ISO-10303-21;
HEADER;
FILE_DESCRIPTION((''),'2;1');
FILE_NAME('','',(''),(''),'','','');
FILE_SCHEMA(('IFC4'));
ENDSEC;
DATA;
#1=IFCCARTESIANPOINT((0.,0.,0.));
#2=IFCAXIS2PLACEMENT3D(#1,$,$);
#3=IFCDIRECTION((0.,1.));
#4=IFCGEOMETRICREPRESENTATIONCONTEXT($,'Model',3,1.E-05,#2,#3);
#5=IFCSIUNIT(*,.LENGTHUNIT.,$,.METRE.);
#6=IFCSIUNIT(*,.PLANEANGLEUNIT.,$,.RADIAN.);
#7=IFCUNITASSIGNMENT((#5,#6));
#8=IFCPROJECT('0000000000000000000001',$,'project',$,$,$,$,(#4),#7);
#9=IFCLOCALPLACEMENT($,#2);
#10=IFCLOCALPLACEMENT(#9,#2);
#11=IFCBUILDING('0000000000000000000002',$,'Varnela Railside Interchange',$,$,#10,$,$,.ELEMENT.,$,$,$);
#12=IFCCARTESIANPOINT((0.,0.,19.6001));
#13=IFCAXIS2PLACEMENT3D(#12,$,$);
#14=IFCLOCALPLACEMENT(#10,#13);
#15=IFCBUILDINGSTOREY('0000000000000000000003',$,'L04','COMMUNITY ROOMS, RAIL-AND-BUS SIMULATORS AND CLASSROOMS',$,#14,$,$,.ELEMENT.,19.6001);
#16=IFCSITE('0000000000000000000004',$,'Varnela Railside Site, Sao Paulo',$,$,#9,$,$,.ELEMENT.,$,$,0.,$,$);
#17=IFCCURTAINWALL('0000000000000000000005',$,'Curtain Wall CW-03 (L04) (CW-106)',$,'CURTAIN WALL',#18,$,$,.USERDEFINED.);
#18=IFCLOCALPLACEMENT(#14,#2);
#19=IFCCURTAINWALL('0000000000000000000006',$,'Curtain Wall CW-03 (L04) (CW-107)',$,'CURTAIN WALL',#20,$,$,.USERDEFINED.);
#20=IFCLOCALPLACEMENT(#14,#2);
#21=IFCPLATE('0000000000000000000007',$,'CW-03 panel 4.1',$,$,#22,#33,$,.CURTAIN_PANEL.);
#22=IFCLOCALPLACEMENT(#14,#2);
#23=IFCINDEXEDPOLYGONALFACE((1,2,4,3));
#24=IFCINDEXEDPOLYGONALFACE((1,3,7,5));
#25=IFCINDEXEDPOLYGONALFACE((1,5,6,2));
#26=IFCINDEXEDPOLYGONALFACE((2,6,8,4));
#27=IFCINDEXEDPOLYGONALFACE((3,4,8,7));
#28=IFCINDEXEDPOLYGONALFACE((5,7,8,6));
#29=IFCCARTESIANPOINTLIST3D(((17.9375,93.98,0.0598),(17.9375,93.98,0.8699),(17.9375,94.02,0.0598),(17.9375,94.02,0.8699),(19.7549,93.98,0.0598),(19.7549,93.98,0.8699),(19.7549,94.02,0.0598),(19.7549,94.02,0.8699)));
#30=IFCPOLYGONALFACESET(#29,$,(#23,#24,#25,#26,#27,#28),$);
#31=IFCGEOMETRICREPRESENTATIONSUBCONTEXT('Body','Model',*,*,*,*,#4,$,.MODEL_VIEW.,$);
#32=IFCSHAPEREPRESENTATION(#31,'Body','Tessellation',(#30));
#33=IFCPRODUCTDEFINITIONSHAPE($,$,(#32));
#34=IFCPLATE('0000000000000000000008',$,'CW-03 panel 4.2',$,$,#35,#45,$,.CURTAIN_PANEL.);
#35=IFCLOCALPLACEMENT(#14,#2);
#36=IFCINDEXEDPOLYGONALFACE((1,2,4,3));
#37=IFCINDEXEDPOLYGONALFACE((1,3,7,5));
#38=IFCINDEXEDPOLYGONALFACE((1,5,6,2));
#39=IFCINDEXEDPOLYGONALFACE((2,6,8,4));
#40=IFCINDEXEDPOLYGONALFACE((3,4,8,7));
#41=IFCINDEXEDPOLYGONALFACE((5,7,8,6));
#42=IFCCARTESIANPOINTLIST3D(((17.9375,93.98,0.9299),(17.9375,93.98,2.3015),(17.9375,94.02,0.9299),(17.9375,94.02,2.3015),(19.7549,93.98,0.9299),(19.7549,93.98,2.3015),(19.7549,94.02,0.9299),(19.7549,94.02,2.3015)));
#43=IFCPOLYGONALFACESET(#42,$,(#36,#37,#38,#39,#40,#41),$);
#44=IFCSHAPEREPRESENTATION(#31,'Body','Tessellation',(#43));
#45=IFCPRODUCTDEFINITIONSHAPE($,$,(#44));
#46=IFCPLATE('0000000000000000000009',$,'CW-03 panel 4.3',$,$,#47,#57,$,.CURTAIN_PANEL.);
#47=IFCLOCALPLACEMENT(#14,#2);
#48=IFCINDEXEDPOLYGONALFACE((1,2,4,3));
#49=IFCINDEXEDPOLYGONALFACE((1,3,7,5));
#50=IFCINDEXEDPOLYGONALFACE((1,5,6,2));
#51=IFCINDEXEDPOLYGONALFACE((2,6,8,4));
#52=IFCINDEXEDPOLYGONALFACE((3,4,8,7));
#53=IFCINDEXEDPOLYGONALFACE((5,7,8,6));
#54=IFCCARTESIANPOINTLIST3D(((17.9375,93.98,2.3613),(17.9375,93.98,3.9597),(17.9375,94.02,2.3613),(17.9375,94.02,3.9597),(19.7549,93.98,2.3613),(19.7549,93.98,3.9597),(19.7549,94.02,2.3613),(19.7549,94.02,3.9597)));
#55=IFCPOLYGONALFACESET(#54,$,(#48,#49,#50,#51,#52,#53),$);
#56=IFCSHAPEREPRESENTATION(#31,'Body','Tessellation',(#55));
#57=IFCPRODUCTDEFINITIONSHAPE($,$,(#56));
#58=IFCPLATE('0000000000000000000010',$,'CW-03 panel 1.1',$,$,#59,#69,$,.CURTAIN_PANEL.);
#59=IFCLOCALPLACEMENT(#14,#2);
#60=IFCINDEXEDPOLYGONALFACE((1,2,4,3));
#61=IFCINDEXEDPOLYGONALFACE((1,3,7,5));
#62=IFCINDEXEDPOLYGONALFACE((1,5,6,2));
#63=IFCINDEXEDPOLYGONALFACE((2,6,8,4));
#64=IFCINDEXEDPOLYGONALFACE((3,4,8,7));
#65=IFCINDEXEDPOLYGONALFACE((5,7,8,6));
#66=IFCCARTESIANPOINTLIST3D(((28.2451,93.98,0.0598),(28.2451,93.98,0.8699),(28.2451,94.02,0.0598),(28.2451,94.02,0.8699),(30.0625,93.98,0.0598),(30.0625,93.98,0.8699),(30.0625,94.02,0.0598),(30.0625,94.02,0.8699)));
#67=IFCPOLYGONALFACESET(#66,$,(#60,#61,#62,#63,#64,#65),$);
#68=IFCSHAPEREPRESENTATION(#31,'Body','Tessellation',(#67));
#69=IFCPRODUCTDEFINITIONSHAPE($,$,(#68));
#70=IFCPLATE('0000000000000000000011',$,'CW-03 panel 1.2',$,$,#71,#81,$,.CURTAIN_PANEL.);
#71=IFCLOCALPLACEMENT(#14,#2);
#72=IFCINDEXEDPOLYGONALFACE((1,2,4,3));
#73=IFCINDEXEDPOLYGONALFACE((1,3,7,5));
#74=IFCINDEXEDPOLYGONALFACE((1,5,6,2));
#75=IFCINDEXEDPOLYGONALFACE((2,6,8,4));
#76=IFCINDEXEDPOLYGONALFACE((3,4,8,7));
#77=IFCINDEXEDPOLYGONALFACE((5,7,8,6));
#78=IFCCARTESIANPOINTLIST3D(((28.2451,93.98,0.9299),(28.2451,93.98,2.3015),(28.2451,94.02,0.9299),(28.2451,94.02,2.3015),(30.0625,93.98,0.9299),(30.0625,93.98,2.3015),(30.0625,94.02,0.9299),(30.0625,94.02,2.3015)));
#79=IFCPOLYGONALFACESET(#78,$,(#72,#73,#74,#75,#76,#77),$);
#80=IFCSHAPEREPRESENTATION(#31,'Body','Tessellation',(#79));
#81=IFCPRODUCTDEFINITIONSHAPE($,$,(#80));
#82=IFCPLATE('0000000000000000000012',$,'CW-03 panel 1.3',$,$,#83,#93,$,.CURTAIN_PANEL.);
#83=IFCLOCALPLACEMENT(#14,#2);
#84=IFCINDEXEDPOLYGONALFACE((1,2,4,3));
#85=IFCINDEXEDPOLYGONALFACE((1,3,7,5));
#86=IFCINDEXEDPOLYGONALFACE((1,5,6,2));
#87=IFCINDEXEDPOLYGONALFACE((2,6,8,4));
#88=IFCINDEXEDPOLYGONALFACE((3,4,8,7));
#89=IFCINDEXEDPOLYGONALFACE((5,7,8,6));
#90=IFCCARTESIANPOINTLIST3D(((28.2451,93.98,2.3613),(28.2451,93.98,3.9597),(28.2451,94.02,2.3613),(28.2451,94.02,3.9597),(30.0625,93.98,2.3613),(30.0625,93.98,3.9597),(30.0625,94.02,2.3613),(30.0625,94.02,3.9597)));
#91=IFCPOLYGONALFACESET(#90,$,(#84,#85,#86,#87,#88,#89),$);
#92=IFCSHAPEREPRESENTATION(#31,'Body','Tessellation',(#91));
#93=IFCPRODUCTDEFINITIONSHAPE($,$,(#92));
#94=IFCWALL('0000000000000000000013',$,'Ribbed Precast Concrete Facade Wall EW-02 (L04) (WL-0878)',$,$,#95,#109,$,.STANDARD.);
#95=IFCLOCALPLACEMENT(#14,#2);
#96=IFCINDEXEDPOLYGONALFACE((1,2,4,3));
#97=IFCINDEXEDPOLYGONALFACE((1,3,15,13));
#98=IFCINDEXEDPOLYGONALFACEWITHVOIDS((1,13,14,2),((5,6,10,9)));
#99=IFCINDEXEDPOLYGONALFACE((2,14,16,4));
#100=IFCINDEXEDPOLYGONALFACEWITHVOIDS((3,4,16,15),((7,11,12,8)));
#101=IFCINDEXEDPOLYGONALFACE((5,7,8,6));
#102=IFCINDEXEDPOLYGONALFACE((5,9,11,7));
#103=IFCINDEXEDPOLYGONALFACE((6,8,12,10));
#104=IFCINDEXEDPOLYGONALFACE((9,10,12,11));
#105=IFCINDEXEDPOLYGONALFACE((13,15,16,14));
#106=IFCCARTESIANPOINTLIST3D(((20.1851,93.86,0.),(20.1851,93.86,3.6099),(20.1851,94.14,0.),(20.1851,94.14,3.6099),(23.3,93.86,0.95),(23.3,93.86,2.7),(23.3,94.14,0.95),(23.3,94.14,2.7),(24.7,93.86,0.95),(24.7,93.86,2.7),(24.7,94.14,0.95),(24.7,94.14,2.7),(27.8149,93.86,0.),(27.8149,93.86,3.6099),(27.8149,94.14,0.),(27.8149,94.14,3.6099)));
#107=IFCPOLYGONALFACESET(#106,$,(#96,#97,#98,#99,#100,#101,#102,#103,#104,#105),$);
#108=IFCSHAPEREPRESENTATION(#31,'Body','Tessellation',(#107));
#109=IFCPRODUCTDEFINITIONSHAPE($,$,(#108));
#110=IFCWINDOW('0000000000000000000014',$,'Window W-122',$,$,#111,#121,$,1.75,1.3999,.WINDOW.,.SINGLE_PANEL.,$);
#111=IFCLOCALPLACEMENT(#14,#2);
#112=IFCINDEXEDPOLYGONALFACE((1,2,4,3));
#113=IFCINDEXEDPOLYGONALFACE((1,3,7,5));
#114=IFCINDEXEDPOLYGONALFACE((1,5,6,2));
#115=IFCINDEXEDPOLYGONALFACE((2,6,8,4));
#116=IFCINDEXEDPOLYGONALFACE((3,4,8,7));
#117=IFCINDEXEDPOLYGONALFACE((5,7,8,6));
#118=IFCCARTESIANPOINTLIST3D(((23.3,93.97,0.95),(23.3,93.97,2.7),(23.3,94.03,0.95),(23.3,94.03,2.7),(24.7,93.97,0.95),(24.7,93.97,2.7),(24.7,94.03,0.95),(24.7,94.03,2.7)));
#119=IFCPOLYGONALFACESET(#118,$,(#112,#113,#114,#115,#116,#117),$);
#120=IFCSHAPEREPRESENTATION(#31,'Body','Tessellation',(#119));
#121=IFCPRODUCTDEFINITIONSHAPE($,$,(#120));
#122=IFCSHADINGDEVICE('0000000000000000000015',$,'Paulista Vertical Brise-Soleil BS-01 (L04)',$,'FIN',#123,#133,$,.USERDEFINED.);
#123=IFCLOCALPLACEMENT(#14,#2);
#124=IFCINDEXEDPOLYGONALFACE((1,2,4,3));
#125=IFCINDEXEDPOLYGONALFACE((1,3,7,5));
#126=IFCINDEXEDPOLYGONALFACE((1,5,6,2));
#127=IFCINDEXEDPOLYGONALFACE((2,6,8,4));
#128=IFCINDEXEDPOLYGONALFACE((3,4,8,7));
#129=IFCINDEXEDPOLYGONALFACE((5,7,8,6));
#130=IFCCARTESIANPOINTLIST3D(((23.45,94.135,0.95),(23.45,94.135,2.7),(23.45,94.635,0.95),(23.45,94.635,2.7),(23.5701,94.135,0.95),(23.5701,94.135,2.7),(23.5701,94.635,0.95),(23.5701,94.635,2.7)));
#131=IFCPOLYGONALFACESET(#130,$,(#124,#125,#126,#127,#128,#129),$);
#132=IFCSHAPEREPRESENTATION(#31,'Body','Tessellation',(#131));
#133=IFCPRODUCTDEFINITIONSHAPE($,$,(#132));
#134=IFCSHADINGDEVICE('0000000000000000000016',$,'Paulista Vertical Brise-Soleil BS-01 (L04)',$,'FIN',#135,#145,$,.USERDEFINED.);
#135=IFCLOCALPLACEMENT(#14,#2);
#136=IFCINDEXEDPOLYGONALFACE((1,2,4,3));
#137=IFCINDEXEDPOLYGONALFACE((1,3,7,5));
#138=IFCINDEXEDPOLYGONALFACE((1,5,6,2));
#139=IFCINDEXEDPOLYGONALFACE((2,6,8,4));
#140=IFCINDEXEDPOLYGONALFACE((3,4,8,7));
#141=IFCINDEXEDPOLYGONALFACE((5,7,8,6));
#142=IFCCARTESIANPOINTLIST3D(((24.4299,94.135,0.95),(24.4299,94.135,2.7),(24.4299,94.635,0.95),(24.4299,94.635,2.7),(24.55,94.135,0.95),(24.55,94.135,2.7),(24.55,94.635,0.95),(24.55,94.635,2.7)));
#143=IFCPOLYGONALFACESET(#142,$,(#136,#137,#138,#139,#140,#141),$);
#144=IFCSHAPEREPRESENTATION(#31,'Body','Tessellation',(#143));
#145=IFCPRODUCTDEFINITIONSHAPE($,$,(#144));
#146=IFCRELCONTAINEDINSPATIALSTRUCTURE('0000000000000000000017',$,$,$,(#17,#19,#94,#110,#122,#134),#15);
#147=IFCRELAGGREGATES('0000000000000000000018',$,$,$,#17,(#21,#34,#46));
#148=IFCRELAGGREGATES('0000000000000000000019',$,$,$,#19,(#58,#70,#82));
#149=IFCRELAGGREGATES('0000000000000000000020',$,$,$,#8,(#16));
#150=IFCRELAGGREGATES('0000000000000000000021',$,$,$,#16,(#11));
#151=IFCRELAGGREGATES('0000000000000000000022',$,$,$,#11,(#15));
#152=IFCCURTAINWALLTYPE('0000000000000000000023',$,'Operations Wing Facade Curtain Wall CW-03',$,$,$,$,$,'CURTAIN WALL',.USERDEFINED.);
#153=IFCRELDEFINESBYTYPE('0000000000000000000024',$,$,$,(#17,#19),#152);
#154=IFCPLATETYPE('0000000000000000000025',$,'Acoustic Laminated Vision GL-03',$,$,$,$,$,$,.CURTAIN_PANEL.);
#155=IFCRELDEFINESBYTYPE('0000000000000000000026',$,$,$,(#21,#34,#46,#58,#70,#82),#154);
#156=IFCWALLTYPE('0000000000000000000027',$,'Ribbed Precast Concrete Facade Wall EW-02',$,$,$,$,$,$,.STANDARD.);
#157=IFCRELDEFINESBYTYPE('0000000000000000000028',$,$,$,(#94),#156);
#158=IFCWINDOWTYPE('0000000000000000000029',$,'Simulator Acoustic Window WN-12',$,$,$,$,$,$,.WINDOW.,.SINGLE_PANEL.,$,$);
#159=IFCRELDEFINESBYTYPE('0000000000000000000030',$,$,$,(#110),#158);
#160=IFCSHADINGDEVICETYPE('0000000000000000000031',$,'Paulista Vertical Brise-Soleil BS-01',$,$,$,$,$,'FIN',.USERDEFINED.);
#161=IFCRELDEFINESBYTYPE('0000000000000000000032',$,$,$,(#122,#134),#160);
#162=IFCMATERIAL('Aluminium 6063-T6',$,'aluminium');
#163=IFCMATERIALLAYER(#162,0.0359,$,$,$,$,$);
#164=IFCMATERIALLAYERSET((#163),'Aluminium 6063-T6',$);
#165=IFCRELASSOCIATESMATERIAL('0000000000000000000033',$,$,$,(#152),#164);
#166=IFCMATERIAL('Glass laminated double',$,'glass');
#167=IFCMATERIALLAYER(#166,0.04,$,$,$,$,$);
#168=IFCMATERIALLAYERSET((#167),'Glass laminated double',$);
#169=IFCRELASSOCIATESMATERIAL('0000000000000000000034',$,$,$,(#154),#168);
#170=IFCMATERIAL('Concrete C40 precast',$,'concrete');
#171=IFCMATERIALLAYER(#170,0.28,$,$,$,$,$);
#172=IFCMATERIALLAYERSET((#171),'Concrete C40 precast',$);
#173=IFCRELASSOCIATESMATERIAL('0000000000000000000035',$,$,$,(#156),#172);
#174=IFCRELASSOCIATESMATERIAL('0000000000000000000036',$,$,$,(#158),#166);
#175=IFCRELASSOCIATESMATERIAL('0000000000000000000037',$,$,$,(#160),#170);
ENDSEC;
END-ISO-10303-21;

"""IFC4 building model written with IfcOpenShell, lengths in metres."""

from ifc_helpers import new_model, si_unit, direction, frame, frame_2d, origin, origin_2d, place, context, subcontext, project, spatial, rectangle, extrude, material, layer, layer_set, type_object, element, fill, aggregate, save


model = new_model("IFC4")

# Units and contexts
model_context = context("Model", 3, precision=1e-05, world=origin(), true_north=direction((0.0, 1.0)))
body_context = subcontext(model_context, "Body", "Model", "MODEL_VIEW")
ifc_project = project(units=[si_unit("LENGTHUNIT", "METRE"), si_unit("PLANEANGLEUNIT", "RADIAN")], contexts=[model_context])

# Site, building, storey
site_placement = place(None, origin())
site = spatial("IfcSite", under=ifc_project, at=site_placement, Name="Varnela Railside Site, Sao Paulo", CompositionType="ELEMENT", RefElevation=0.0)
building_placement = place(site_placement, origin())
building = spatial("IfcBuilding", under=site, at=building_placement, Name="Varnela Railside Interchange", CompositionType="ELEMENT")
storey_placement = place(building_placement, frame((0.0, 0.0, 19.6001)))
storey = spatial("IfcBuildingStorey", under=building, at=storey_placement, Name="L04", Description="COMMUNITY ROOMS, RAIL-AND-BUS SIMULATORS AND CLASSROOMS", CompositionType="ELEMENT", Elevation=19.6001)

# Curtain walls
ifc_material_1 = material(Name="Aluminium 6063-T6", Category="aluminium")
ifc_layer_1 = layer(ifc_material_1, 0.0359)
ifc_layer_set_1 = layer_set([ifc_layer_1], Name="Aluminium 6063-T6")
curtain_wall_type = type_object("IfcCurtainWallType", Name="Operations Wing Facade Curtain Wall CW-03", ElementType="CURTAIN WALL", PredefinedType="USERDEFINED", material=ifc_layer_set_1)
curtain_wall_1_placement = place(storey_placement, origin())
curtain_wall_1 = element("IfcCurtainWall", 1, at=curtain_wall_1_placement, inside=storey, type_object=curtain_wall_type, Name="Curtain Wall CW-03 (L04) (CW-106)", ObjectType="CURTAIN WALL", PredefinedType="USERDEFINED")
curtain_wall_2_placement = place(storey_placement, origin())
curtain_wall_2 = element("IfcCurtainWall", 2, at=curtain_wall_2_placement, inside=storey, type_object=curtain_wall_type, Name="Curtain Wall CW-03 (L04) (CW-107)", ObjectType="CURTAIN WALL", PredefinedType="USERDEFINED")

# Plates
ifc_material_2 = material(Name="Glass laminated double", Category="glass")
ifc_layer_2 = layer(ifc_material_2, 0.04)
ifc_layer_set_2 = layer_set([ifc_layer_2], Name="Glass laminated double")
plate_type = type_object("IfcPlateType", Name="Acoustic Laminated Vision GL-03", PredefinedType="CURTAIN_PANEL", material=ifc_layer_set_2)
plate_1_placement = place(storey_placement, frame((18.8462, 94.0, 0.0598), z_axis=(0.0, 0.0, 1.0), x_axis=(1.0, 0.0, 0.0)))
plate_1 = element("IfcPlate", 3, at=plate_1_placement, type_object=plate_type, Name="CW-03 panel 4.1", PredefinedType="CURTAIN_PANEL", context=body_context, shape_type="SweptSolid", body=[
    extrude(rectangle(XDim=1.8174, YDim=0.04, at=origin_2d()), origin(), (0.0, 0.0, 1.0), 0.8101),
])
plate_2_placement = place(storey_placement, frame((18.8462, 94.0, 0.9299), z_axis=(0.0, 0.0, 1.0), x_axis=(1.0, 0.0, 0.0)))
plate_2 = element("IfcPlate", 4, at=plate_2_placement, type_object=plate_type, Name="CW-03 panel 4.2", PredefinedType="CURTAIN_PANEL", context=body_context, shape_type="SweptSolid", body=[
    extrude(rectangle(XDim=1.8174, YDim=0.04, at=origin_2d()), origin(), (0.0, 0.0, 1.0), 1.3716),
])
plate_3_placement = place(storey_placement, frame((18.8462, 94.0, 2.3613), z_axis=(0.0, 0.0, 1.0), x_axis=(1.0, 0.0, 0.0)))
plate_3 = element("IfcPlate", 5, at=plate_3_placement, type_object=plate_type, Name="CW-03 panel 4.3", PredefinedType="CURTAIN_PANEL", context=body_context, shape_type="SweptSolid", body=[
    extrude(rectangle(XDim=1.8174, YDim=0.04, at=origin_2d()), origin(), (0.0, 0.0, 1.0), 1.5984),
])
aggregate(curtain_wall_1, [plate_1, plate_2, plate_3])
plate_4_placement = place(storey_placement, frame((29.1538, 94.0, 0.0598), z_axis=(0.0, 0.0, 1.0), x_axis=(1.0, 0.0, 0.0)))
plate_4 = element("IfcPlate", 6, at=plate_4_placement, type_object=plate_type, Name="CW-03 panel 1.1", PredefinedType="CURTAIN_PANEL", context=body_context, shape_type="SweptSolid", body=[
    extrude(rectangle(XDim=1.8174, YDim=0.04, at=origin_2d()), origin(), (0.0, 0.0, 1.0), 0.8101),
])
plate_5_placement = place(storey_placement, frame((29.1538, 94.0, 0.9299), z_axis=(0.0, 0.0, 1.0), x_axis=(1.0, 0.0, 0.0)))
plate_5 = element("IfcPlate", 7, at=plate_5_placement, type_object=plate_type, Name="CW-03 panel 1.2", PredefinedType="CURTAIN_PANEL", context=body_context, shape_type="SweptSolid", body=[
    extrude(rectangle(XDim=1.8174, YDim=0.04, at=origin_2d()), origin(), (0.0, 0.0, 1.0), 1.3716),
])
plate_6_placement = place(storey_placement, frame((29.1538, 94.0, 2.3613), z_axis=(0.0, 0.0, 1.0), x_axis=(1.0, 0.0, 0.0)))
plate_6 = element("IfcPlate", 8, at=plate_6_placement, type_object=plate_type, Name="CW-03 panel 1.3", PredefinedType="CURTAIN_PANEL", context=body_context, shape_type="SweptSolid", body=[
    extrude(rectangle(XDim=1.8174, YDim=0.04, at=origin_2d()), origin(), (0.0, 0.0, 1.0), 1.5984),
])
aggregate(curtain_wall_2, [plate_4, plate_5, plate_6])

# Wall, opening, window
ifc_material_3 = material(Name="Concrete C40 precast", Category="concrete")
ifc_layer_3 = layer(ifc_material_3, 0.28)
ifc_layer_set_3 = layer_set([ifc_layer_3], Name="Concrete C40 precast")
wall_type = type_object("IfcWallType", Name="Ribbed Precast Concrete Facade Wall EW-02", PredefinedType="STANDARD", material=ifc_layer_set_3)
wall_placement = place(storey_placement, frame((20.1851, 94.0, 0.0), z_axis=(0.0, 0.0, 1.0), x_axis=(1.0, 0.0, 0.0)))
wall = element("IfcWall", 9, at=wall_placement, inside=storey, type_object=wall_type, Name="Ribbed Precast Concrete Facade Wall EW-02 (L04) (WL-0878)", PredefinedType="STANDARD", context=body_context, shape_type="SweptSolid", body=[
    extrude(rectangle(XDim=7.6299, YDim=0.28, at=frame_2d((3.8149, 0.0))), origin(), (0.0, 0.0, 1.0), 3.6099),
])
opening_placement = place(wall_placement, frame((3.115, 0.0, 0.95)))
opening = element("IfcOpeningElement", 10, at=opening_placement, cuts=wall, PredefinedType="OPENING", context=body_context, shape_type="SweptSolid", body=[
    extrude(rectangle(XDim=1.3999, YDim=1.75, at=frame_2d((0.7, 0.875))), frame((0.0, 0.1499, 0.0), z_axis=(0.0, -1.0, 0.0), x_axis=(1.0, 0.0, 0.0)), (0.0, 0.0, 1.0), 0.3),
])
window_type = type_object("IfcWindowType", Name="Simulator Acoustic Window WN-12", PartitioningType="SINGLE_PANEL", PredefinedType="WINDOW", material=ifc_material_2)
window_placement = place(opening_placement, origin())
window = element("IfcWindow", 11, at=window_placement, inside=storey, type_object=window_type, Name="Window W-122", OverallHeight=1.75, OverallWidth=1.3999, PartitioningType="SINGLE_PANEL", PredefinedType="WINDOW", context=body_context, shape_type="SweptSolid", body=[
    extrude(rectangle(XDim=1.3999, YDim=1.75, at=frame_2d((0.7, 0.875))), frame((0.0, 0.03, 0.0), z_axis=(0.0, -1.0, 0.0), x_axis=(1.0, 0.0, 0.0)), (0.0, 0.0, 1.0), 0.0601),
])
fill(opening, window)

# Shading devices
shading_device_type = type_object("IfcShadingDeviceType", Name="Paulista Vertical Brise-Soleil BS-01", ElementType="FIN", PredefinedType="USERDEFINED", material=ifc_material_3)
for number, where, z_axis, x_axis, name in (
    (12, (23.51, 94.385, 0.95), (0.0, 0.0, 1.0), (0.0, 1.0, 0.0), "Paulista Vertical Brise-Soleil BS-01 (L04)"),
    (13, (24.49, 94.385, 0.95), (0.0, 0.0, 1.0), (0.0, 1.0, 0.0), "Paulista Vertical Brise-Soleil BS-01 (L04)"),
):
    element("IfcShadingDevice", number, at=place(storey_placement, frame(where, z_axis=z_axis, x_axis=x_axis)), inside=storey, type_object=shading_device_type, Name=name, ObjectType="FIN", PredefinedType="USERDEFINED", context=body_context, shape_type="SweptSolid", body=[
        extrude(rectangle(XDim=0.5, YDim=0.1201, at=origin_2d()), origin(), (0.0, 0.0, 1.0), 1.75),
    ])

save(model, "model.ifc")
